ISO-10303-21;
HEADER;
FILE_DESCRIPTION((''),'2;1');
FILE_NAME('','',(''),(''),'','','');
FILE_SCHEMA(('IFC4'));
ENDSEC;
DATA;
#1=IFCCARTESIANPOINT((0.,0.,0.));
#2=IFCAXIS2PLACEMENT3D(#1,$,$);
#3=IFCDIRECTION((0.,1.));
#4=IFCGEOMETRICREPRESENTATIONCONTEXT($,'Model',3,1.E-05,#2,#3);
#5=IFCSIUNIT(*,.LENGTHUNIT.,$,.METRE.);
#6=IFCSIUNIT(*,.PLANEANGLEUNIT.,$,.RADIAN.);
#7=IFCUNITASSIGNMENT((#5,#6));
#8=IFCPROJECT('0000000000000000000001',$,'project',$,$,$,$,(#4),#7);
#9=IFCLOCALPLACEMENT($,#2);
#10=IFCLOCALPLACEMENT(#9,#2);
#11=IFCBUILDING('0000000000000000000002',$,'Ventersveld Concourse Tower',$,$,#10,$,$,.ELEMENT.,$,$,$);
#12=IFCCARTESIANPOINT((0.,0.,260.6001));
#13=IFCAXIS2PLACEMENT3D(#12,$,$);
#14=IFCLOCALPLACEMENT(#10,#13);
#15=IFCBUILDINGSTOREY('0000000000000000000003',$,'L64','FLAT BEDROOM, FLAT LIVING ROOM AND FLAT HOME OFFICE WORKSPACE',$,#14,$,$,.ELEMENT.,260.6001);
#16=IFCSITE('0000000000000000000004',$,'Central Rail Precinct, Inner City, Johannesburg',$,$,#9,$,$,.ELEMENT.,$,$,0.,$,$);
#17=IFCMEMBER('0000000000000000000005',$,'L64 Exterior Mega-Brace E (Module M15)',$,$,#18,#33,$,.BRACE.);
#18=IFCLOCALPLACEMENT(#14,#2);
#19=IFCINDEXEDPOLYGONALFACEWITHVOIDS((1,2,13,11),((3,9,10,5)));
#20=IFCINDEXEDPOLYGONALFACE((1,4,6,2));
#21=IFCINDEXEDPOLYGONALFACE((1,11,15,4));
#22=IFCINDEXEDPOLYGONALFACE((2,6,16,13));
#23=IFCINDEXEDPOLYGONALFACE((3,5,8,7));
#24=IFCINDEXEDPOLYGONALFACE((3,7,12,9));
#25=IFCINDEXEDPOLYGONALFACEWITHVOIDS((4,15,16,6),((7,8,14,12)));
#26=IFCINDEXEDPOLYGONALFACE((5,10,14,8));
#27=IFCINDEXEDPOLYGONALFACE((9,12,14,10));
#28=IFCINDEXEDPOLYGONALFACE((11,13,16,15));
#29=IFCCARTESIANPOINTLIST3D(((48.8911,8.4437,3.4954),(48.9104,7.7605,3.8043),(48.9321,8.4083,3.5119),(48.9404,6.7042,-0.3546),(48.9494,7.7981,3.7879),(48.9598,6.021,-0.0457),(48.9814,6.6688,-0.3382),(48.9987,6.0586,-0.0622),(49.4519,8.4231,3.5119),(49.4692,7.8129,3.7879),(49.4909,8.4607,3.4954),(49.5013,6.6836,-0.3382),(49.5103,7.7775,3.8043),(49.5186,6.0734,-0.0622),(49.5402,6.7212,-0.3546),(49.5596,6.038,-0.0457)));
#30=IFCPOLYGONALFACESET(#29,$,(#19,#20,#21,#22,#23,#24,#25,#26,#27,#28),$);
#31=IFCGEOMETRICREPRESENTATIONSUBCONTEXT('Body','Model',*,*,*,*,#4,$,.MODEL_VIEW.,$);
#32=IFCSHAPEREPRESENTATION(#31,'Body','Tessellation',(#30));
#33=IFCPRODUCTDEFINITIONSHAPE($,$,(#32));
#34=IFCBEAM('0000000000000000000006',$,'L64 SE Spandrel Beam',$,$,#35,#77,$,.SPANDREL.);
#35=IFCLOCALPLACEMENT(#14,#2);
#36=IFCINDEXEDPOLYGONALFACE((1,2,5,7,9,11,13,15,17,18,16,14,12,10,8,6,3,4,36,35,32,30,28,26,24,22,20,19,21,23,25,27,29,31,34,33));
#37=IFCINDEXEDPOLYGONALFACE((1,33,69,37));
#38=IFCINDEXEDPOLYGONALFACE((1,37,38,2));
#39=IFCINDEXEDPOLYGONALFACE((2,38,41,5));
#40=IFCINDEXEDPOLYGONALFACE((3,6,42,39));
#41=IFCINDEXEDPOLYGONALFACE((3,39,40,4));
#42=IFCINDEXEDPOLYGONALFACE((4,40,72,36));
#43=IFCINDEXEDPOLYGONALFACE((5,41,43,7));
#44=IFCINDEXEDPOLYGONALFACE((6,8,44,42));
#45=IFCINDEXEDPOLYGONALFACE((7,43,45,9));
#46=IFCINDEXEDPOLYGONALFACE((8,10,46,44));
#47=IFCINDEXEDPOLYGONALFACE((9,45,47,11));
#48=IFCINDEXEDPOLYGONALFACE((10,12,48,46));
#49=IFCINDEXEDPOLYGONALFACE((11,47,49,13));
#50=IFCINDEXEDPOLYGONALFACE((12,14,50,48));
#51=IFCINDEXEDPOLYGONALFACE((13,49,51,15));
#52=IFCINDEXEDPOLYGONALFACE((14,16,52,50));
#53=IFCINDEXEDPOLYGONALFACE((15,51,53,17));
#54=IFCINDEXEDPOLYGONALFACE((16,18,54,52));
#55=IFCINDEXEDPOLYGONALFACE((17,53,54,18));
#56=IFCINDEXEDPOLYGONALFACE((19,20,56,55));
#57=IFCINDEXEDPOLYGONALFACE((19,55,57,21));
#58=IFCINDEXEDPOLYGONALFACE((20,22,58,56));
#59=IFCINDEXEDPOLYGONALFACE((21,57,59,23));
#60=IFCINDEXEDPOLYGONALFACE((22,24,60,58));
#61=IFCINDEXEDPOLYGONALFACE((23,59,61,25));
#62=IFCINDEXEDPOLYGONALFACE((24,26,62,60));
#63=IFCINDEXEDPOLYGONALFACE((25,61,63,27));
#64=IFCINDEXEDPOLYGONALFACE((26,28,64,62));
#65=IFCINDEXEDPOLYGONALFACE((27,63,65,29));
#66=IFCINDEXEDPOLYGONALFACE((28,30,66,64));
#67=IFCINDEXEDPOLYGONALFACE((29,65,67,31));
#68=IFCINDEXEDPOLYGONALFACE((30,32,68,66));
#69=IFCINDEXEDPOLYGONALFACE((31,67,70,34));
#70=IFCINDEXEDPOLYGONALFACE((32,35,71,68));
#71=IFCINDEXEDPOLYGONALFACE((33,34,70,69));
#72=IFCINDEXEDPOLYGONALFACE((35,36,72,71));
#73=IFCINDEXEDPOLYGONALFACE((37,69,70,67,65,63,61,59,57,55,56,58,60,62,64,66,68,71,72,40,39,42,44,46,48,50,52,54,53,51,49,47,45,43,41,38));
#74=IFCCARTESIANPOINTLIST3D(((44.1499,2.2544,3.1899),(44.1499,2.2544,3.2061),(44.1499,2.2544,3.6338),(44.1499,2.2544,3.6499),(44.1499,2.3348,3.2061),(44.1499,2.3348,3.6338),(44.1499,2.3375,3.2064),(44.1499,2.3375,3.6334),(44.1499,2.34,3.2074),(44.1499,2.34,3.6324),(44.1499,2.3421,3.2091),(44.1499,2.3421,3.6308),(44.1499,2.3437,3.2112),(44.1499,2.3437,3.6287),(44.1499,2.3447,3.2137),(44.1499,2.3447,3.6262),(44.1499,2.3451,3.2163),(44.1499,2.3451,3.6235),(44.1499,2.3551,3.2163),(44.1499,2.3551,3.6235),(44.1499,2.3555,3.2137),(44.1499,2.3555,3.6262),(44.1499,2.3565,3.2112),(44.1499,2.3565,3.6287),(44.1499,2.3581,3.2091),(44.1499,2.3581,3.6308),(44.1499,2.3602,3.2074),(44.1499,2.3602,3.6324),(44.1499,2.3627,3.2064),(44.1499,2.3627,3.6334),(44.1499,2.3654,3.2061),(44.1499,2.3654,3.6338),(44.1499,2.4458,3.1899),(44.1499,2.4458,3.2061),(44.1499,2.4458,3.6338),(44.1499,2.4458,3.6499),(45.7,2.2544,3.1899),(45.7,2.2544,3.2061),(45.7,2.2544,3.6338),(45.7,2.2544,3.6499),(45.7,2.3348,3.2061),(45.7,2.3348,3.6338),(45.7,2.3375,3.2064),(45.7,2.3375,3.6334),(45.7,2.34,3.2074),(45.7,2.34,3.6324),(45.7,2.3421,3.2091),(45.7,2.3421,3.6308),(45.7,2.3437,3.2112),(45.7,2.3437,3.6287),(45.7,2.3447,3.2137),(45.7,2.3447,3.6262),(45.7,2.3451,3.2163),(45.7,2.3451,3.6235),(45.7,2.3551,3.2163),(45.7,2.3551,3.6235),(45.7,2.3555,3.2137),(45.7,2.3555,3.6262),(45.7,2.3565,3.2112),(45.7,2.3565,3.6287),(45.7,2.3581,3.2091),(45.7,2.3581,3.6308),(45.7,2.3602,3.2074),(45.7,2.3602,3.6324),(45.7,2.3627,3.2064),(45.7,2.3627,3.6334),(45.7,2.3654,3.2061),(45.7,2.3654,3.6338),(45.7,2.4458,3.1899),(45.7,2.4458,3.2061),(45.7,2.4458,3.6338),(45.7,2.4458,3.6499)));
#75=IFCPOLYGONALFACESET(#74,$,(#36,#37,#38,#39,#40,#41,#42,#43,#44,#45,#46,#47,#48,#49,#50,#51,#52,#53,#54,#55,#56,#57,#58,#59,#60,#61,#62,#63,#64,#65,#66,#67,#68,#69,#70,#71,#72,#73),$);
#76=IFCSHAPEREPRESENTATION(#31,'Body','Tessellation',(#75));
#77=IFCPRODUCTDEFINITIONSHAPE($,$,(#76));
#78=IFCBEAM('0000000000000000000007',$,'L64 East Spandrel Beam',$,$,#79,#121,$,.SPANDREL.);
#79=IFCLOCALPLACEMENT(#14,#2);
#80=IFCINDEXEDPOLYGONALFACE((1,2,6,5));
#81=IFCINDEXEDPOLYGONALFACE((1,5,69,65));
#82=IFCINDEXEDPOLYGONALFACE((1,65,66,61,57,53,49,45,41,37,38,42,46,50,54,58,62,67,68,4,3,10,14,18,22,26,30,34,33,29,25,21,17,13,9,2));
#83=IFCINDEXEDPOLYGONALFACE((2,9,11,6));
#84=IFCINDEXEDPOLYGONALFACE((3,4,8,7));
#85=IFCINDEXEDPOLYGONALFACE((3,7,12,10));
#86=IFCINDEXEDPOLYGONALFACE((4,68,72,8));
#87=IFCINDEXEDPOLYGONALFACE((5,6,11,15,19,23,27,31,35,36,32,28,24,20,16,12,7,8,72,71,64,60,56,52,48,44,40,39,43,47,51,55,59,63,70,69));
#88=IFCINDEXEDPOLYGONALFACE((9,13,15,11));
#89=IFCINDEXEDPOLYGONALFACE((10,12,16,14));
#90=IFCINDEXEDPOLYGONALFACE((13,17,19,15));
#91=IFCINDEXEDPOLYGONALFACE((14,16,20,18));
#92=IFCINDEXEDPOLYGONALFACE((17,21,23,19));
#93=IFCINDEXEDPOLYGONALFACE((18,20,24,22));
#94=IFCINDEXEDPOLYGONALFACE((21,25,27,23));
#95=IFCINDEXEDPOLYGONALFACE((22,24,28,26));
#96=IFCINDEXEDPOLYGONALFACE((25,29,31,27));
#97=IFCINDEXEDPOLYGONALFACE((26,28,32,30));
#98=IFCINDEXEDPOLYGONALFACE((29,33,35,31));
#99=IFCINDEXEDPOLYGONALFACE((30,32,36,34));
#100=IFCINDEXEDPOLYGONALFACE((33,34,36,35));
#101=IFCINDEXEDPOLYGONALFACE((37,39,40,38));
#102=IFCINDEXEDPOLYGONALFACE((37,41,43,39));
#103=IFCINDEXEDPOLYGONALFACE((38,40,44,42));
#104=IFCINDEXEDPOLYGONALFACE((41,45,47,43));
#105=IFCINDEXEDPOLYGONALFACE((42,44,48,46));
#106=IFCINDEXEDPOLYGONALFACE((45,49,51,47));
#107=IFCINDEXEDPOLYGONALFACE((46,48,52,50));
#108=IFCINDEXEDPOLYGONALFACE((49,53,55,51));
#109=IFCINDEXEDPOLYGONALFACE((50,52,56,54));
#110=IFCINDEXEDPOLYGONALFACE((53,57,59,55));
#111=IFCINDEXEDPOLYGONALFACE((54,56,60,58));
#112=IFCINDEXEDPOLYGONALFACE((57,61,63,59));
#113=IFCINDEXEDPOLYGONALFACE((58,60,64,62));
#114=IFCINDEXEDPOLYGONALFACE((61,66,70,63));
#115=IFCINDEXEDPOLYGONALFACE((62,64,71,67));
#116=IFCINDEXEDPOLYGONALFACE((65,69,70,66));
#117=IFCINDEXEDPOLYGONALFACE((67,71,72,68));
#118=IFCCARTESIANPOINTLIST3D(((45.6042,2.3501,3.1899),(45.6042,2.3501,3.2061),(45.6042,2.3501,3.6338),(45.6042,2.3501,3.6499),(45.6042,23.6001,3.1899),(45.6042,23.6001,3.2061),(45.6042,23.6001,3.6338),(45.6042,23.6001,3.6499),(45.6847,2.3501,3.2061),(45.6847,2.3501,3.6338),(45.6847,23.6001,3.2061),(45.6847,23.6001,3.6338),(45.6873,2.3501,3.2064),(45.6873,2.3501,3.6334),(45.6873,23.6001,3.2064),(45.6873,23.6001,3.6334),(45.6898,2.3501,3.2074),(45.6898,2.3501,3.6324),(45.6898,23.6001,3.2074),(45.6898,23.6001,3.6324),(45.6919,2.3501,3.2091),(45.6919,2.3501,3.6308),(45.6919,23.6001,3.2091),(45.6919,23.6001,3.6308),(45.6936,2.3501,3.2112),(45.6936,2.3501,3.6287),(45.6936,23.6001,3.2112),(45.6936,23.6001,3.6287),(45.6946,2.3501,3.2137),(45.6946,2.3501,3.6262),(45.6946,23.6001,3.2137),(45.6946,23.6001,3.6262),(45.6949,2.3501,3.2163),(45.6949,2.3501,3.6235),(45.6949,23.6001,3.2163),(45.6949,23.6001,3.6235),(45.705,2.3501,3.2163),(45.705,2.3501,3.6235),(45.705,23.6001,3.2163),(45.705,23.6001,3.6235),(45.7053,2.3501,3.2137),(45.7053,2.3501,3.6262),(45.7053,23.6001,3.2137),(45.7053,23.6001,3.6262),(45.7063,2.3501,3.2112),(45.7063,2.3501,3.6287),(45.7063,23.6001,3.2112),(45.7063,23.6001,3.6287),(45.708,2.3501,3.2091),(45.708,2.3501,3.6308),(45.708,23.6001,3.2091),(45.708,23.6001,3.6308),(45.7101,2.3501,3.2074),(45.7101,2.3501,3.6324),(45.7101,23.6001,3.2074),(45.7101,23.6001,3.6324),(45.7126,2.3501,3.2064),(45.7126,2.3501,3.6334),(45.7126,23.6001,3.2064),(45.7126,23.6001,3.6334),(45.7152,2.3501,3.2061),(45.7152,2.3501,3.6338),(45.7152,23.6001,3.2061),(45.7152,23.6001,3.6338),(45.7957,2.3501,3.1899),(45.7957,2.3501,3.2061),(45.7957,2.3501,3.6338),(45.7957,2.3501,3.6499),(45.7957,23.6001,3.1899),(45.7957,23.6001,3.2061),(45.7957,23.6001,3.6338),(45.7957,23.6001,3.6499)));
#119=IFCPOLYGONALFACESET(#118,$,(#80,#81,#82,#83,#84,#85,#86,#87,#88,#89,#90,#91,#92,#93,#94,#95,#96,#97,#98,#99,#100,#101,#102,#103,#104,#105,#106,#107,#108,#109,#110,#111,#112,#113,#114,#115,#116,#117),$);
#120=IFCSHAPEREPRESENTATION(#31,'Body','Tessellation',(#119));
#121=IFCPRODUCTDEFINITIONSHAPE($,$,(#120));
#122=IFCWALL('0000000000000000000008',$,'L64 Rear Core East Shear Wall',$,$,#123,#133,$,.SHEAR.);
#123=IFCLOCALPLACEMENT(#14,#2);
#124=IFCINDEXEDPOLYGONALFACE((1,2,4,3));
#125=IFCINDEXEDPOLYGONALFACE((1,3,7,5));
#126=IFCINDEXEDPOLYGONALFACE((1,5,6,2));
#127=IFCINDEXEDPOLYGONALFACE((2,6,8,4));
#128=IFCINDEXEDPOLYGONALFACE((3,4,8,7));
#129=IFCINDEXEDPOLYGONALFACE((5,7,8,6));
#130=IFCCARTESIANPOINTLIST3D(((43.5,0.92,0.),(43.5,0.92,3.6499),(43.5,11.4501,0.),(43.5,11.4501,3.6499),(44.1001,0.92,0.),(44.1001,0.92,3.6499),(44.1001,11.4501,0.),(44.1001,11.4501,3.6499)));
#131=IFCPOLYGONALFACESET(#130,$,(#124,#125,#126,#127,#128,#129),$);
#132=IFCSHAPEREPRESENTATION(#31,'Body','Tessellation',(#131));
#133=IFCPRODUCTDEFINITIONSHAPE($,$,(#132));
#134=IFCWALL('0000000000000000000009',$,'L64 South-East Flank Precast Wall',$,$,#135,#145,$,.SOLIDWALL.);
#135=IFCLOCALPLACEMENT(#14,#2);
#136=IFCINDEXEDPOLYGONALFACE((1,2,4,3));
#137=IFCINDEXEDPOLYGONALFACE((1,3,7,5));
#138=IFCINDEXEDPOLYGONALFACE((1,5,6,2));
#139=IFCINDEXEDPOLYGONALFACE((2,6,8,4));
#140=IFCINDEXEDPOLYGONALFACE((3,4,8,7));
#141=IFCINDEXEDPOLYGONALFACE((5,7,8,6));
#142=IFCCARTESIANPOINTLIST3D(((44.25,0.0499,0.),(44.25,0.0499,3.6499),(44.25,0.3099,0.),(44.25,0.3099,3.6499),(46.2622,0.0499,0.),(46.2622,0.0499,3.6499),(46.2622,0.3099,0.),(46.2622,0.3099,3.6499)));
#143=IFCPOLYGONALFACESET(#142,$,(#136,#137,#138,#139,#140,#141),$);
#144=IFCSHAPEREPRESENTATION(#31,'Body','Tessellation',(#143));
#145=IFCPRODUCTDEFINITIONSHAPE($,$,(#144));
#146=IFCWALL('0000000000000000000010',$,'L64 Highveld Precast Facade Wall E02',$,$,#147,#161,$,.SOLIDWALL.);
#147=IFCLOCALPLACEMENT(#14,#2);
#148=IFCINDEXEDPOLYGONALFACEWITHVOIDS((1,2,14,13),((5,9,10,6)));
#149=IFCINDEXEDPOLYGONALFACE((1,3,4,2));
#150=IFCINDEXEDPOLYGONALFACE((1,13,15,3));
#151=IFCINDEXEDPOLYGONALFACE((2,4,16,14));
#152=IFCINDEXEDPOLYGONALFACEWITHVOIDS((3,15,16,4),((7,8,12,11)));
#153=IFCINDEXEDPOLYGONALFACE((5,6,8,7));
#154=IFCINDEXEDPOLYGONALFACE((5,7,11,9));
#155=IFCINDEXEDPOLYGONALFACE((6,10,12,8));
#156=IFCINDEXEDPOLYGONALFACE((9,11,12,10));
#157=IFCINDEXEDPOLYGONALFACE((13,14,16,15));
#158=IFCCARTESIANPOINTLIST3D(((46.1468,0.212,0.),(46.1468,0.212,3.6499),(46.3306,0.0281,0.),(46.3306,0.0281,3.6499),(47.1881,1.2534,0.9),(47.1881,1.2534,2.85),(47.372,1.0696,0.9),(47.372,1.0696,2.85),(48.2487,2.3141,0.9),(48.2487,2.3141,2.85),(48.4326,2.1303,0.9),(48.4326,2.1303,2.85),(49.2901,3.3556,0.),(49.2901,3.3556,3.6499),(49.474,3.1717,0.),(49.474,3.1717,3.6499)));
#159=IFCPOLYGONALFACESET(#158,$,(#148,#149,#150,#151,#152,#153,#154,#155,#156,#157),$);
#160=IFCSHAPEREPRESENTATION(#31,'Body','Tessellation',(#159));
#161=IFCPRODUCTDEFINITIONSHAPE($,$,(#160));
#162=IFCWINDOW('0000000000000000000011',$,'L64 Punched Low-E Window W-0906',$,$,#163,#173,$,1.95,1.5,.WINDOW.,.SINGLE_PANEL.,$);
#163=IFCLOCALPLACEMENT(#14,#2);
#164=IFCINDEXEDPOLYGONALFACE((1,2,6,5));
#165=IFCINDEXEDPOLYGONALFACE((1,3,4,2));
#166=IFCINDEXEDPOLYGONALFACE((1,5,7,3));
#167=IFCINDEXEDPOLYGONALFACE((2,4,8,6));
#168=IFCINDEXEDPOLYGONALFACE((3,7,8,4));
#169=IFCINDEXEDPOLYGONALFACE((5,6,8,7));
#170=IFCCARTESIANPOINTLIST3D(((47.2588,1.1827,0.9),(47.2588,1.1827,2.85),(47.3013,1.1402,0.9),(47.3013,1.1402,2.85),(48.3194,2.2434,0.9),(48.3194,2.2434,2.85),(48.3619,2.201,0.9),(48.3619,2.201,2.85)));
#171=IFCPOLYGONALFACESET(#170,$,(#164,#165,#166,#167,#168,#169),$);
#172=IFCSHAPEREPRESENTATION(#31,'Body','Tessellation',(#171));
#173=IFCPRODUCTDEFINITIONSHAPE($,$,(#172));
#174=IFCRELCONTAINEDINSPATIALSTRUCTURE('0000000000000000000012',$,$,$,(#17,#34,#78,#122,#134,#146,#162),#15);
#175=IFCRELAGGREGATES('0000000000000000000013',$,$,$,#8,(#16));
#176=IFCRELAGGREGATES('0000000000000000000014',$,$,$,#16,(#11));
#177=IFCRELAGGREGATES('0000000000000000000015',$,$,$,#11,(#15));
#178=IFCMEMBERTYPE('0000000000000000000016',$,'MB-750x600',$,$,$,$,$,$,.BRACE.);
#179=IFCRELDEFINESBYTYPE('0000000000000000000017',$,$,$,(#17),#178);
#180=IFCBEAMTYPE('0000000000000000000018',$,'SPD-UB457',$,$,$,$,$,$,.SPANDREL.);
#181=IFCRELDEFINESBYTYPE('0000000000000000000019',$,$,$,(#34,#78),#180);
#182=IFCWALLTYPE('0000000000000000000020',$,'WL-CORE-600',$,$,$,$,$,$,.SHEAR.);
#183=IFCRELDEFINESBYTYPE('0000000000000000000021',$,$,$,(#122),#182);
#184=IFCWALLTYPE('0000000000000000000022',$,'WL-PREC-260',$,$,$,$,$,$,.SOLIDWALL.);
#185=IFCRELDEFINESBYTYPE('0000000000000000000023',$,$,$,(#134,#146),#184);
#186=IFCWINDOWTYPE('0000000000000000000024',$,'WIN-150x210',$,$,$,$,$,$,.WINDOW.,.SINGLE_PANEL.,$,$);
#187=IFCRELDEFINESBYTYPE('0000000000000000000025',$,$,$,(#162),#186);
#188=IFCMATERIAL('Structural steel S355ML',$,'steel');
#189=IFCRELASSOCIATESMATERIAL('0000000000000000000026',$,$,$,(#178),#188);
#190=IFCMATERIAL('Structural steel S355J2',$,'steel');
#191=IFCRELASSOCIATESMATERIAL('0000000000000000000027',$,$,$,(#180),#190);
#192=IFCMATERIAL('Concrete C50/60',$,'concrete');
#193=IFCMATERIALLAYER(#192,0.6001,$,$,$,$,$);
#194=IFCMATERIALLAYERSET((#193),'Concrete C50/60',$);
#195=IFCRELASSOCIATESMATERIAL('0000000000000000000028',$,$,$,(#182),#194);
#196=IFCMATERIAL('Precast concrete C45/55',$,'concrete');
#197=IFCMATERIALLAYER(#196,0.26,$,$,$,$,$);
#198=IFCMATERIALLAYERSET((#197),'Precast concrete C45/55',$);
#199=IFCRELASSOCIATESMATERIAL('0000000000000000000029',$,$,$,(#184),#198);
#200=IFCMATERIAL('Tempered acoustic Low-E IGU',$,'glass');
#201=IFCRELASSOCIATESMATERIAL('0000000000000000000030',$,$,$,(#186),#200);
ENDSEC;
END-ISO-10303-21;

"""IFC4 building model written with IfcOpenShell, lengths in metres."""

from ifc_helpers import new_model, si_unit, direction, frame, frame_2d, origin, origin_2d, place, context, subcontext, project, spatial, rectangle, hollow_rectangle, i_section, extrude, material, layer, layer_set, material_profile, profile_set, type_object, element, fill, save


model = new_model("IFC4")

# Units and contexts
model_context = context("Model", 3, precision=1e-05, world=origin(), true_north=direction((0.0, 1.0)))
body_context = subcontext(model_context, "Body", "Model", "MODEL_VIEW")
ifc_project = project(units=[si_unit("LENGTHUNIT", "METRE"), si_unit("PLANEANGLEUNIT", "RADIAN")], contexts=[model_context])

# Site, building, storey
site_placement = place(None, origin())
site = spatial("IfcSite", under=ifc_project, at=site_placement, Name="Central Rail Precinct, Inner City, Johannesburg", CompositionType="ELEMENT", RefElevation=0.0)
building_placement = place(site_placement, origin())
building = spatial("IfcBuilding", under=site, at=building_placement, Name="Ventersveld Concourse Tower", CompositionType="ELEMENT")
storey_placement = place(building_placement, frame((0.0, 0.0, 260.6001)))
storey = spatial("IfcBuildingStorey", under=building, at=storey_placement, Name="L64", Description="FLAT BEDROOM, FLAT LIVING ROOM AND FLAT HOME OFFICE WORKSPACE", CompositionType="ELEMENT", Elevation=260.6001)

# Shared definitions
ifc_material_1 = material(Name="Concrete C50/60", Category="concrete")

# Shared definitions
ifc_material_2 = material(Name="Structural steel S355J2", Category="steel")

# Member
ifc_material_3 = material(Name="Structural steel S355ML", Category="steel")
ifc_material_profile_1 = material_profile(ifc_material_3, hollow_rectangle(XDim=0.6001, YDim=0.75, WallThickness=0.04, at=origin_2d()), Name="BOX 750x600x40")
ifc_profile_set_1 = profile_set([ifc_material_profile_1], Name="Structural steel S355ML")
member_type = type_object("IfcMemberType", Name="MB-750x600", PredefinedType="BRACE", material=ifc_profile_set_1)
member_placement = place(storey_placement, frame((49.25, 6.3711, -0.2002), z_axis=(-0.011672, 0.411706, 0.911242), x_axis=(-0.999598, -0.028339, 0.0)))
element("IfcMember", 1, at=member_placement, inside=storey, type_object=member_type, Name="L64 Exterior Mega-Brace E (Module M15)", PredefinedType="BRACE", context=body_context, shape_type="SweptSolid", body=[
    extrude(hollow_rectangle(XDim=0.6001, YDim=0.75, WallThickness=0.04, at=origin_2d()), origin(), (0.0, 0.0, 1.0), 4.2251),
])

# Beams
ifc_material_profile_2 = material_profile(ifc_material_2, i_section(OverallWidth=0.1914, OverallDepth=0.46, WebThickness=0.01, FlangeThickness=0.0161, FilletRadius=0.0103, at=origin_2d()), Name="UB 457x191x82")
ifc_profile_set_2 = profile_set([ifc_material_profile_2], Name="Structural steel S355J2")
beam_type_1 = type_object("IfcBeamType", Name="SPD-UB457", PredefinedType="SPANDREL", material=ifc_profile_set_2)
beam_1_placement = place(storey_placement, frame((44.1499, 2.3501, 3.4199), z_axis=(1.0, 0.0, 0.0), x_axis=(0.0, 1.0, 0.0)))
element("IfcBeam", 2, at=beam_1_placement, inside=storey, type_object=beam_type_1, Name="L64 SE Spandrel Beam", PredefinedType="SPANDREL", context=body_context, shape_type="SweptSolid", body=[
    extrude(i_section(OverallWidth=0.1914, OverallDepth=0.46, WebThickness=0.01, FlangeThickness=0.0161, FilletRadius=0.0103, at=origin_2d()), origin(), (0.0, 0.0, 1.0), 1.55),
])
beam_2_placement = place(storey_placement, frame((45.7, 2.3501, 3.4199), z_axis=(0.0, 1.0, 0.0), x_axis=(-1.0, 0.0, 0.0)))
element("IfcBeam", 3, at=beam_2_placement, inside=storey, type_object=beam_type_1, Name="L64 East Spandrel Beam", PredefinedType="SPANDREL", context=body_context, shape_type="SweptSolid", body=[
    extrude(i_section(OverallWidth=0.1914, OverallDepth=0.46, WebThickness=0.01, FlangeThickness=0.0161, FilletRadius=0.0103, at=origin_2d()), origin(), (0.0, 0.0, 1.0), 21.25),
])

# Walls
ifc_layer_1 = layer(ifc_material_1, 0.6001)
ifc_layer_set_1 = layer_set([ifc_layer_1], Name="Concrete C50/60")
wall_type_1 = type_object("IfcWallType", Name="WL-CORE-600", PredefinedType="SHEAR", material=ifc_layer_set_1)
wall_1_placement = place(storey_placement, frame((43.8, 0.9199, 0.0), z_axis=(0.0, 0.0, 1.0), x_axis=(0.0, 1.0, 0.0)))
element("IfcWall", 4, at=wall_1_placement, inside=storey, type_object=wall_type_1, Name="L64 Rear Core East Shear Wall", PredefinedType="SHEAR", context=body_context, shape_type="SweptSolid", body=[
    extrude(rectangle(XDim=10.53, YDim=0.6001, at=frame_2d((5.2651, 0.0))), origin(), (0.0, 0.0, 1.0), 3.6499),
])
ifc_material_4 = material(Name="Precast concrete C45/55", Category="concrete")
ifc_layer_2 = layer(ifc_material_4, 0.26)
ifc_layer_set_2 = layer_set([ifc_layer_2], Name="Precast concrete C45/55")
wall_type_2 = type_object("IfcWallType", Name="WL-PREC-260", PredefinedType="SOLIDWALL", material=ifc_layer_set_2)
wall_2_placement = place(storey_placement, frame((44.25, 0.1799, 0.0), z_axis=(0.0, 0.0, 1.0), x_axis=(1.0, 0.0, 0.0)))
element("IfcWall", 5, at=wall_2_placement, inside=storey, type_object=wall_type_2, Name="L64 South-East Flank Precast Wall", PredefinedType="SOLIDWALL", context=body_context, shape_type="SweptSolid", body=[
    extrude(rectangle(XDim=2.0122, YDim=0.26, at=frame_2d((1.0061, 0.0))), origin(), (0.0, 0.0, 1.0), 3.6499),
])

# Wall, opening, window
wall_3_placement = place(storey_placement, frame((46.2388, 0.1201, 0.0), z_axis=(0.0, 0.0, 1.0), x_axis=(0.707079, 0.707134, 0.0)))
wall_3 = element("IfcWall", 6, at=wall_3_placement, inside=storey, type_object=wall_type_2, Name="L64 Highveld Precast Facade Wall E02", PredefinedType="SOLIDWALL", context=body_context, shape_type="SweptSolid", body=[
    extrude(rectangle(XDim=4.4456, YDim=0.26, at=frame_2d((2.2227, 0.0))), origin(), (0.0, 0.0, 1.0), 3.6499),
])
opening_1_placement = place(wall_3_placement, frame((1.4727, 0.0, 0.8999)))
opening_1 = element("IfcOpeningElement", 7, at=opening_1_placement, cuts=wall_3, PredefinedType="OPENING", context=body_context, shape_type="SweptSolid", body=[
    extrude(rectangle(XDim=1.5, YDim=1.95, at=frame_2d((0.75, 0.9751))), frame((0.0, 0.1401, 0.0), z_axis=(0.0, -1.0, 0.0), x_axis=(1.0, 0.0, 0.0)), (0.0, 0.0, 1.0), 0.28),
])
ifc_material_5 = material(Name="Tempered acoustic Low-E IGU", Category="glass")
window_type_1 = type_object("IfcWindowType", Name="WIN-150x210", PartitioningType="SINGLE_PANEL", PredefinedType="WINDOW", material=ifc_material_5)
window_1_placement = place(opening_1_placement, origin())
window_1 = element("IfcWindow", 8, at=window_1_placement, inside=storey, type_object=window_type_1, Name="L64 Punched Low-E Window W-0906", OverallHeight=1.95, OverallWidth=1.5, PartitioningType="SINGLE_PANEL", PredefinedType="WINDOW", context=body_context, shape_type="SweptSolid", body=[
    extrude(rectangle(XDim=1.5, YDim=1.95, at=frame_2d((0.75, 0.9751))), frame((0.0, 0.03, 0.0), z_axis=(0.0, -1.0, 0.0), x_axis=(1.0, 0.0, 0.0)), (0.0, 0.0, 1.0), 0.0601),
])
fill(opening_1, window_1)

save(model, "model.ifc")
